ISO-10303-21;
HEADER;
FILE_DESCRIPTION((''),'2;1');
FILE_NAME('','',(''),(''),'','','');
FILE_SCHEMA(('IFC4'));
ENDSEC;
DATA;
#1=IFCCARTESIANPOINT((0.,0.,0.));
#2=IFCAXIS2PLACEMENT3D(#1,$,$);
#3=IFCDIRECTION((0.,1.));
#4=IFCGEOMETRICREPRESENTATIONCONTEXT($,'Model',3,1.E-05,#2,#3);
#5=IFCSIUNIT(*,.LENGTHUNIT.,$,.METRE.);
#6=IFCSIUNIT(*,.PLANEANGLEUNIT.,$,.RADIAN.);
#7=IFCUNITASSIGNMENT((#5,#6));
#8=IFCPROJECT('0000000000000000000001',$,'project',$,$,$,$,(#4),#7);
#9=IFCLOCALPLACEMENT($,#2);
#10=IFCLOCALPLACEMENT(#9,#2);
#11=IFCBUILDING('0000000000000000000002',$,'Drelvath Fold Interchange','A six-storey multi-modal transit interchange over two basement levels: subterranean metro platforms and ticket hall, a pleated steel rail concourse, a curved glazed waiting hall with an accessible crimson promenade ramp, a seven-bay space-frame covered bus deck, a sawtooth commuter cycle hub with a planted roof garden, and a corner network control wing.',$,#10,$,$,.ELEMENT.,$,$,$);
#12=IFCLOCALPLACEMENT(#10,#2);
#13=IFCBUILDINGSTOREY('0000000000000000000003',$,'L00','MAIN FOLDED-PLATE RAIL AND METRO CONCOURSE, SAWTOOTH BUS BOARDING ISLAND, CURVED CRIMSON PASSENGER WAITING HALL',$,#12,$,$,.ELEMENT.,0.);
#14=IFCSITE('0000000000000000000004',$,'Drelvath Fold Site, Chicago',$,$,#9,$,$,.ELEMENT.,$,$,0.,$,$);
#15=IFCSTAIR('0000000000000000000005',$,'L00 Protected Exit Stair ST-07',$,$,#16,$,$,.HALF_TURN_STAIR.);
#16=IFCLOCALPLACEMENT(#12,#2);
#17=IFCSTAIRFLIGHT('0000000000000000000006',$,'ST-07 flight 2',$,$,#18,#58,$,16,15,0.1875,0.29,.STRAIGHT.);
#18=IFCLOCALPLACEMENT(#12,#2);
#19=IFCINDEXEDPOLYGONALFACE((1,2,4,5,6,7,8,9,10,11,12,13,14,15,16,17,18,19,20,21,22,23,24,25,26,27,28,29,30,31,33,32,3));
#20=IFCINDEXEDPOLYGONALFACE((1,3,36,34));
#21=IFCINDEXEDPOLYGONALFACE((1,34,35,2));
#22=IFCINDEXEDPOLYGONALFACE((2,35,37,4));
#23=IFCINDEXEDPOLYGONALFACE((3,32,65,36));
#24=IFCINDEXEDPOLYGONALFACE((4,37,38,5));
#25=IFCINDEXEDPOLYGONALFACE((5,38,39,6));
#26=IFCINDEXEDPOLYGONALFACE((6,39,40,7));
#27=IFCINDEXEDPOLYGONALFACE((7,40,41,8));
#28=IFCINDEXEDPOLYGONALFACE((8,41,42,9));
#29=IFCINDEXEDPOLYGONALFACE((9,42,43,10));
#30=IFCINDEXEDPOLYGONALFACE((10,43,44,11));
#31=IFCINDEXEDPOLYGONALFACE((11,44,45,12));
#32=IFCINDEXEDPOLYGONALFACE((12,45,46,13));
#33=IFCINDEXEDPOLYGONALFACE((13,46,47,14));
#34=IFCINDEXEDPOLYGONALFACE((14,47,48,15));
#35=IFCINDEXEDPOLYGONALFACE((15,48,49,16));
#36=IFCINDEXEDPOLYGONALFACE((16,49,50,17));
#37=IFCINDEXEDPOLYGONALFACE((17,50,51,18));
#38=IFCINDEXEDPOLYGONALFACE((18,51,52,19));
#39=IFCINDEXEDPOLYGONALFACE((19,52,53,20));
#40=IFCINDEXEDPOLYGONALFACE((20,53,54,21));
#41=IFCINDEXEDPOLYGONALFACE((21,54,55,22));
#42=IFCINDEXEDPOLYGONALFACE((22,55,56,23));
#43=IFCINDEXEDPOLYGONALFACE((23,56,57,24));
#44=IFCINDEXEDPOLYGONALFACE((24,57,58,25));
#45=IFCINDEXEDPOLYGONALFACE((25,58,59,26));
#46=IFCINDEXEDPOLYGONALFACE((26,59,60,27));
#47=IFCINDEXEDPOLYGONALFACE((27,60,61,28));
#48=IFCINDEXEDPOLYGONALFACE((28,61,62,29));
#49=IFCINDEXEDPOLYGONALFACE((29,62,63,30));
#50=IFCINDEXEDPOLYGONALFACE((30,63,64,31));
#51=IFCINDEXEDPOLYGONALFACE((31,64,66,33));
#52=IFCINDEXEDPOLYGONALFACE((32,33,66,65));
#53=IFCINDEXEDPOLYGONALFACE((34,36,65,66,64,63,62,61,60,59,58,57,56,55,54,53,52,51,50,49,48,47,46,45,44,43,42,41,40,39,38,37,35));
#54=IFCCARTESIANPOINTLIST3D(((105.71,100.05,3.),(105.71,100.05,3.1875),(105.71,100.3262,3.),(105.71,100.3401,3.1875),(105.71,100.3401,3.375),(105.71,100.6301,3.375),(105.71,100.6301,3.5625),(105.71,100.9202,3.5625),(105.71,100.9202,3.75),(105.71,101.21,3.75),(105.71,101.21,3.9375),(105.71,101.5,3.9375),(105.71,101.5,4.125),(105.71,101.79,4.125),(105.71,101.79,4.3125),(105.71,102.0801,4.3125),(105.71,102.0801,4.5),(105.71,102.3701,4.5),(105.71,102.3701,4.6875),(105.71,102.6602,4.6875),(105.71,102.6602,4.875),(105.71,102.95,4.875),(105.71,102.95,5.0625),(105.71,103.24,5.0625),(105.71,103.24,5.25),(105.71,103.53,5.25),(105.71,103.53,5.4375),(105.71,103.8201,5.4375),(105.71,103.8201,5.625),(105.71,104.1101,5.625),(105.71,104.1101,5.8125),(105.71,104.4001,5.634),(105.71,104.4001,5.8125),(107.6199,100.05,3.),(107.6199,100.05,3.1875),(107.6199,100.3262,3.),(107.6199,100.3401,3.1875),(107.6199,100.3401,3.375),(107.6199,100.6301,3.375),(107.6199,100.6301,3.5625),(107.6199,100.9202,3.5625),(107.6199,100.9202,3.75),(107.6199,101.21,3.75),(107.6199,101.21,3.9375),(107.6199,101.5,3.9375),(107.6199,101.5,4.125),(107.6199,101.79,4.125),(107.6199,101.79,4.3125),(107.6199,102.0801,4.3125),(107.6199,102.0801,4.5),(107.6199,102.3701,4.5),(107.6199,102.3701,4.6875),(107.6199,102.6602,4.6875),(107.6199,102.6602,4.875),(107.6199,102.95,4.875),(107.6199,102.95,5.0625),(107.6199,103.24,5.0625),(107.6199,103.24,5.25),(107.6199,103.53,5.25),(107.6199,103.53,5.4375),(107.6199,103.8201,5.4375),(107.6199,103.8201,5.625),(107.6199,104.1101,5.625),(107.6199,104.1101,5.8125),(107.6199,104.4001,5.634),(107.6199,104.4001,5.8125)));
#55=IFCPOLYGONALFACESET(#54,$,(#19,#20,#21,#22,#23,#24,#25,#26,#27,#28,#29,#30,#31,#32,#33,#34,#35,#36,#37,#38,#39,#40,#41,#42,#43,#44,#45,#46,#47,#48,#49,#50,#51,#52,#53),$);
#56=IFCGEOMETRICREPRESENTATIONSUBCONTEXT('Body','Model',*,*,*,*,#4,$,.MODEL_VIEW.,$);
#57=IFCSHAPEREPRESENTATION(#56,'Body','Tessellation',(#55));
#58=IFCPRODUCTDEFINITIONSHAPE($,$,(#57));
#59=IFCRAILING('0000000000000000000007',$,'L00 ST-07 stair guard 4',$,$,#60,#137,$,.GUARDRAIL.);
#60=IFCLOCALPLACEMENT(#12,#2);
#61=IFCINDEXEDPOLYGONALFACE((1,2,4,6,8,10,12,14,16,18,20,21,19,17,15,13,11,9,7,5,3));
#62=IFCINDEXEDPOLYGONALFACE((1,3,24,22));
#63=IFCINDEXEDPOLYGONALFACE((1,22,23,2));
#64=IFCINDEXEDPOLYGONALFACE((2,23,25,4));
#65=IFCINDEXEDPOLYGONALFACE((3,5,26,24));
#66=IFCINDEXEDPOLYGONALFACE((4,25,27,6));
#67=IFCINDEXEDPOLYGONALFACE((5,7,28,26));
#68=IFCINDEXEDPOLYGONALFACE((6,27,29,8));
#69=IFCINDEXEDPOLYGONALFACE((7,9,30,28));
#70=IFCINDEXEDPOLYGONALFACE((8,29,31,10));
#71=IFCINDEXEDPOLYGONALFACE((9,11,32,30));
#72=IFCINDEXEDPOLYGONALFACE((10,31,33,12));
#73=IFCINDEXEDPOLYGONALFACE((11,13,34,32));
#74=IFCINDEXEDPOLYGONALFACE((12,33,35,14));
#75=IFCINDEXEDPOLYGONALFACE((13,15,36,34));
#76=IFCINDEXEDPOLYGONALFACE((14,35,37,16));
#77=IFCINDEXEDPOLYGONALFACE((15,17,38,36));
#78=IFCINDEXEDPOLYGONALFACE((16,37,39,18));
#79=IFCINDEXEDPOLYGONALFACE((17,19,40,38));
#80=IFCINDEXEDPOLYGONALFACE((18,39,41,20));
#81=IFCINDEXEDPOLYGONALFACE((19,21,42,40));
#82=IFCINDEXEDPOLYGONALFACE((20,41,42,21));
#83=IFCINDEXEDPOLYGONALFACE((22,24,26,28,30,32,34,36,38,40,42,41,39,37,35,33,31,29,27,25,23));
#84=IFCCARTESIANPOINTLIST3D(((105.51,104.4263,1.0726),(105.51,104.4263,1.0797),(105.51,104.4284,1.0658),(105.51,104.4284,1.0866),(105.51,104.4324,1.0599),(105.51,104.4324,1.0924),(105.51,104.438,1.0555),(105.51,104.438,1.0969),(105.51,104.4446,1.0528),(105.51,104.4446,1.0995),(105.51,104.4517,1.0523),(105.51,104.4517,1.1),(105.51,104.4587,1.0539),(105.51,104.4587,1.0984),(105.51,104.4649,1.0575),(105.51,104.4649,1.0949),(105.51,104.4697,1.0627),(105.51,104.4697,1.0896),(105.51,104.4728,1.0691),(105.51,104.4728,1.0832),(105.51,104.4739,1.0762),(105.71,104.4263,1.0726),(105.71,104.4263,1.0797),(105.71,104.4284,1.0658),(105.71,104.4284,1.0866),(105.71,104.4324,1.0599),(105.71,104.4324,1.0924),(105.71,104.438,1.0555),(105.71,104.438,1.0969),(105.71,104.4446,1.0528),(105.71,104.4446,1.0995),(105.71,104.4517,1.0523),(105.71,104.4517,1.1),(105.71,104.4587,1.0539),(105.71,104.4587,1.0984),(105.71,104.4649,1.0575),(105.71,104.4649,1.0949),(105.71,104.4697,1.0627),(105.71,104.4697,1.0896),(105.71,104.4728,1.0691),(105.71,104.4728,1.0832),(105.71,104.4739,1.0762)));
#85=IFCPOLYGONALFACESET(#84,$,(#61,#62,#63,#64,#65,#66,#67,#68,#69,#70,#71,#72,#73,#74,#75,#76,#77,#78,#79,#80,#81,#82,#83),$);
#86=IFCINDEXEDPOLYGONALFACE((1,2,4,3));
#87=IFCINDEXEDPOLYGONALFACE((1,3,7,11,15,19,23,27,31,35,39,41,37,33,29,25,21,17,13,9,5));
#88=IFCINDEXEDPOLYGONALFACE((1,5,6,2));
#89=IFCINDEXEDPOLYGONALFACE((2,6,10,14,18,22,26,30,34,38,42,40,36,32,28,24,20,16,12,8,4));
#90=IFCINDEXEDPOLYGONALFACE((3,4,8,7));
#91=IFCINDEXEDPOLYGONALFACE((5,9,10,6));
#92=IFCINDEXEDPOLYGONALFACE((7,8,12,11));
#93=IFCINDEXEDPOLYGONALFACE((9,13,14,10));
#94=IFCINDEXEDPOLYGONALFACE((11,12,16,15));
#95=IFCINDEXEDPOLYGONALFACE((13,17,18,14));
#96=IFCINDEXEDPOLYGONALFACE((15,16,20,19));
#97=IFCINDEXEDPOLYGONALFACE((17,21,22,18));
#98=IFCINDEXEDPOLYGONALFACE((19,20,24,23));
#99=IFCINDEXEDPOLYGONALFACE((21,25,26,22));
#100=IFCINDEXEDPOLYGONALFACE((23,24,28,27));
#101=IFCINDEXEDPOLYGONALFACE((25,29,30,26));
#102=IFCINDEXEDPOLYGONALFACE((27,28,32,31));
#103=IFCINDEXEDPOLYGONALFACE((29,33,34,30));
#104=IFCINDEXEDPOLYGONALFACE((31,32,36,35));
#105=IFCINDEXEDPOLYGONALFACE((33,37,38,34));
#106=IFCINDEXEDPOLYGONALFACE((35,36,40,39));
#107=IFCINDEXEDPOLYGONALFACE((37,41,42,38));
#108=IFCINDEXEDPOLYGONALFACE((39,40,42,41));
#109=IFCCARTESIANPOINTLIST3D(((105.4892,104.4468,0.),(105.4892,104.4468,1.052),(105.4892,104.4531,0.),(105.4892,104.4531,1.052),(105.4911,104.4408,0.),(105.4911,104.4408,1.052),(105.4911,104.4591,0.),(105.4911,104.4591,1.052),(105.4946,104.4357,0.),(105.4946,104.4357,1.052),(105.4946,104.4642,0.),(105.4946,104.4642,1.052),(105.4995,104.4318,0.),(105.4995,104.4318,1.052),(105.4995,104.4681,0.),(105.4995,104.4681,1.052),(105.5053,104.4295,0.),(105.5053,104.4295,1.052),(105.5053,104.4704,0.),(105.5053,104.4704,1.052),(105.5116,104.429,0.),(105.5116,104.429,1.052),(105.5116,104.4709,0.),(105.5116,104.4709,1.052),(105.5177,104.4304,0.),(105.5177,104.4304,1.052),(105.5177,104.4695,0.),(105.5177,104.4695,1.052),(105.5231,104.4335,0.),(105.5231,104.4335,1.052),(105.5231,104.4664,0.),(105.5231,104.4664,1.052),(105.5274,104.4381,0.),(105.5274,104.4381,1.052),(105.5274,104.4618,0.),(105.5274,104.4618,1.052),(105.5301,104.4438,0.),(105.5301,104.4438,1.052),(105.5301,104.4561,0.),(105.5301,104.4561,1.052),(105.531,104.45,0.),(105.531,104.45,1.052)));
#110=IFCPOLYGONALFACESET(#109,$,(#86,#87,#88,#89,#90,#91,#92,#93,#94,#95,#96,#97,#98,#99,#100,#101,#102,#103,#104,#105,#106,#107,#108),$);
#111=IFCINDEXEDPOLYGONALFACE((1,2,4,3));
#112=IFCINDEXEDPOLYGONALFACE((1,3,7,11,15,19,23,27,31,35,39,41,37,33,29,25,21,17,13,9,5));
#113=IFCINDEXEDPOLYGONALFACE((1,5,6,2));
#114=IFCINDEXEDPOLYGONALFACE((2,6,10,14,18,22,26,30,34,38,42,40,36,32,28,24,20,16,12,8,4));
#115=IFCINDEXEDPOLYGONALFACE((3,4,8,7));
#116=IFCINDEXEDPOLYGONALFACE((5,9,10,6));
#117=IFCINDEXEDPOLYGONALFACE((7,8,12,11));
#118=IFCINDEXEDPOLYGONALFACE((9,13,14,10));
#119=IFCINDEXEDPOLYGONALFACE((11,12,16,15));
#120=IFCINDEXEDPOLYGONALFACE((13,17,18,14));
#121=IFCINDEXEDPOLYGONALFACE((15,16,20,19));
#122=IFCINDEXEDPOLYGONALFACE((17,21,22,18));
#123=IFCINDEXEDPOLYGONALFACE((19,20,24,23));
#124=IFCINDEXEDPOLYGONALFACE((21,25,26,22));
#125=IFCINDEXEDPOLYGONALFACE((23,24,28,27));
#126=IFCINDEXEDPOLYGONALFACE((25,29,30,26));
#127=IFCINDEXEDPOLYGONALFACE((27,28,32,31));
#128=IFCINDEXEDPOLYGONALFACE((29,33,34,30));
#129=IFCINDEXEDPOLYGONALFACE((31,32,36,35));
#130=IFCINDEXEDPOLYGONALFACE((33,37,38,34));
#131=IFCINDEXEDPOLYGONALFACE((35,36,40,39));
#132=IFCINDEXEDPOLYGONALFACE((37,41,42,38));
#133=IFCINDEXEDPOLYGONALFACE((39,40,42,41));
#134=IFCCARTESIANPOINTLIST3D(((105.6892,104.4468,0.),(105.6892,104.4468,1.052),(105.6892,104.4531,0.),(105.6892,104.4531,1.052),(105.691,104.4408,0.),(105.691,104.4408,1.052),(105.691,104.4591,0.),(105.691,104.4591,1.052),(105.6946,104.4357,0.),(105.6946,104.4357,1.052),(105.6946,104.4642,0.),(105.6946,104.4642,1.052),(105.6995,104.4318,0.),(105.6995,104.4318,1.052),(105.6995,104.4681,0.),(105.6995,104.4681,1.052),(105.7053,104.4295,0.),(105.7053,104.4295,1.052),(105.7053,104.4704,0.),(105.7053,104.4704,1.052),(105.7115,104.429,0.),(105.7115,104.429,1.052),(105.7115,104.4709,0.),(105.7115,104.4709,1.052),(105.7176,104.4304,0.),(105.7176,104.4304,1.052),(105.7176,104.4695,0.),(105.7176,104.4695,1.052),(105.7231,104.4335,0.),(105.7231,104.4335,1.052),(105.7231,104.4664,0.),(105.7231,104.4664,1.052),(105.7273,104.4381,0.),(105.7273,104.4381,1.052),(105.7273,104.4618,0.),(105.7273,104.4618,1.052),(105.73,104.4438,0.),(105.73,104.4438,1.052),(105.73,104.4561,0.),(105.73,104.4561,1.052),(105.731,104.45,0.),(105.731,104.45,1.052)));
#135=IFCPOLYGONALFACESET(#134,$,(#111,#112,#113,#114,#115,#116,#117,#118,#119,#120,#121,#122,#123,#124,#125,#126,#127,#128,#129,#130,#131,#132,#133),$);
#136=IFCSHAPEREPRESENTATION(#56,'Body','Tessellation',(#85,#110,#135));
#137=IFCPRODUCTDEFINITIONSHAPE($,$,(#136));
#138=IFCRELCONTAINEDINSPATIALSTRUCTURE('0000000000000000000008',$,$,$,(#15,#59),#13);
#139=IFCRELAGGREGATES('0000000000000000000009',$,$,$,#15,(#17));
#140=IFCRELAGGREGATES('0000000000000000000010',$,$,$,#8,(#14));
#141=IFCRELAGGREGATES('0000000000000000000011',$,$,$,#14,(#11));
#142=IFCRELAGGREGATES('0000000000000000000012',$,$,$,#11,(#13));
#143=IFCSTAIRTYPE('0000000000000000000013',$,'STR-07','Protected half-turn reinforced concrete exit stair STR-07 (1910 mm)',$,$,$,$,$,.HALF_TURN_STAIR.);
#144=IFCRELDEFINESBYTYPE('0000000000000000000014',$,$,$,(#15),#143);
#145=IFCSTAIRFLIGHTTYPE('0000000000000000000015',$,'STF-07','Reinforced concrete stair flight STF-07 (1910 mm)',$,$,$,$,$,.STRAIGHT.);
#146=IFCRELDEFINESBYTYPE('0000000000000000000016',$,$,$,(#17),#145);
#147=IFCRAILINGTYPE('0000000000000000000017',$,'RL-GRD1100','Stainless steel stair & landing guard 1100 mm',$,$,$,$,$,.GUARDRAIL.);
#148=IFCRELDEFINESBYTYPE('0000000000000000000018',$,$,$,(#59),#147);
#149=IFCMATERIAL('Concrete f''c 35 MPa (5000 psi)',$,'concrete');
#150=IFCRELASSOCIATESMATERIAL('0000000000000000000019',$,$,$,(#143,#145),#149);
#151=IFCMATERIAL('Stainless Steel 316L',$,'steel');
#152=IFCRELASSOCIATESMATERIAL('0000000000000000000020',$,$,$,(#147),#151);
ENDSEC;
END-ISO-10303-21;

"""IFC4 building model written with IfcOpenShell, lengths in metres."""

from ifc_helpers import new_model, si_unit, direction, frame, origin, origin_2d, place, context, subcontext, project, spatial, polyline, circle, outline, extrude, material, type_object, element, aggregate, save


model = new_model("IFC4")

# Units and contexts
model_context = context("Model", 3, precision=1e-05, world=origin(), true_north=direction((0.0, 1.0)))
body_context = subcontext(model_context, "Body", "Model", "MODEL_VIEW")
ifc_project = project(units=[si_unit("LENGTHUNIT", "METRE"), si_unit("PLANEANGLEUNIT", "RADIAN")], contexts=[model_context])

# Site, building, storey
site_placement = place(None, origin())
site = spatial("IfcSite", under=ifc_project, at=site_placement, Name="Drelvath Fold Site, Chicago", CompositionType="ELEMENT", RefElevation=0.0)
building_placement = place(site_placement, origin())
building = spatial("IfcBuilding", under=site, at=building_placement, Name="Drelvath Fold Interchange", Description="A six-storey multi-modal transit interchange over two basement levels: subterranean metro platforms and ticket hall, a pleated steel rail concourse, a curved glazed waiting hall with an accessible crimson promenade ramp, a seven-bay space-frame covered bus deck, a sawtooth commuter cycle hub with a planted roof garden, and a corner network control wing.", CompositionType="ELEMENT")
storey_placement = place(building_placement, origin())
storey = spatial("IfcBuildingStorey", under=building, at=storey_placement, Name="L00", Description="MAIN FOLDED-PLATE RAIL AND METRO CONCOURSE, SAWTOOTH BUS BOARDING ISLAND, CURVED CRIMSON PASSENGER WAITING HALL", CompositionType="ELEMENT", Elevation=0.0)

# Stair, stair flight
ifc_material_1 = material(Name="Concrete f'c 35 MPa (5000 psi)", Category="concrete")
stair_type = type_object("IfcStairType", Name="STR-07", Description="Protected half-turn reinforced concrete exit stair STR-07 (1910 mm)", PredefinedType="HALF_TURN_STAIR", material=ifc_material_1)
stair_placement = place(storey_placement, origin())
stair = element("IfcStair", 1, at=stair_placement, inside=storey, type_object=stair_type, Name="L00 Protected Exit Stair ST-07", PredefinedType="HALF_TURN_STAIR")
stair_flight_type = type_object("IfcStairFlightType", Name="STF-07", Description="Reinforced concrete stair flight STF-07 (1910 mm)", PredefinedType="STRAIGHT", material=ifc_material_1)
stair_flight_1_placement = place(storey_placement, frame((106.665, 100.05, 3.0), z_axis=(0.0, 0.0, 1.0), x_axis=(0.0, 1.0, 0.0)))
stair_flight_1 = element("IfcStairFlight", 2, at=stair_flight_1_placement, type_object=stair_flight_type, Name="ST-07 flight 2", NumberOfRisers=16, NumberOfTreads=15, PredefinedType="STRAIGHT", RiserHeight=0.1875, TreadLength=0.29, context=body_context, shape_type="SweptSolid", body=[
    extrude(outline(polyline([(0.0, 0.0), (0.0, 0.1875), (0.29, 0.1875), (0.29, 0.375), (0.5801, 0.375), (0.5801, 0.5625), (0.8701, 0.5625), (0.8701, 0.75), (1.1599, 0.75), (1.1599, 0.9375), (1.45, 0.9375), (1.45, 1.125), (1.74, 1.125), (1.74, 1.3125), (2.03, 1.3125), (2.03, 1.5), (2.3201, 1.5), (2.3201, 1.6875), (2.6101, 1.6875), (2.6101, 1.875), (2.8999, 1.875), (2.8999, 2.0625), (3.1899, 2.0625), (3.1899, 2.25), (3.48, 2.25), (3.48, 2.4375), (3.77, 2.4375), (3.77, 2.625), (4.0601, 2.625), (4.0601, 2.8125), (4.3501, 2.8125), (4.3501, 3.0), (4.3501, 2.634), (0.2761, 0.0), (0.0, 0.0)])), frame((0.0, 0.9551, 0.0), z_axis=(0.0, -1.0, 0.0), x_axis=(1.0, 0.0, 0.0)), (0.0, 0.0, 1.0), 1.9099),
])
aggregate(stair, [stair_flight_1])

# Railing
ifc_material_2 = material(Name="Stainless Steel 316L", Category="steel")
railing_type_1 = type_object("IfcRailingType", Name="RL-GRD1100", Description="Stainless steel stair & landing guard 1100 mm", PredefinedType="GUARDRAIL", material=ifc_material_2)
railing_1_placement = place(storey_placement, frame((105.51, 104.45, 0.0)))
element("IfcRailing", 3, at=railing_1_placement, inside=storey, type_object=railing_type_1, Name="L00 ST-07 stair guard 4", PredefinedType="GUARDRAIL", context=body_context, shape_type="SweptSolid", body=[
    extrude(circle(Radius=0.0239, at=origin_2d()), frame((0.0, 0.0, 1.0762), z_axis=(1.0, 0.0, 0.0), x_axis=(0.0, 1.0, 0.0)), (0.0, 0.0, 1.0), 0.2),
    extrude(circle(Radius=0.021, at=origin_2d()), origin(), (0.0, 0.0, 1.0), 1.052),
    extrude(circle(Radius=0.021, at=origin_2d()), frame((0.2, 0.0, 0.0)), (0.0, 0.0, 1.0), 1.052),
])

save(model, "model.ifc")
